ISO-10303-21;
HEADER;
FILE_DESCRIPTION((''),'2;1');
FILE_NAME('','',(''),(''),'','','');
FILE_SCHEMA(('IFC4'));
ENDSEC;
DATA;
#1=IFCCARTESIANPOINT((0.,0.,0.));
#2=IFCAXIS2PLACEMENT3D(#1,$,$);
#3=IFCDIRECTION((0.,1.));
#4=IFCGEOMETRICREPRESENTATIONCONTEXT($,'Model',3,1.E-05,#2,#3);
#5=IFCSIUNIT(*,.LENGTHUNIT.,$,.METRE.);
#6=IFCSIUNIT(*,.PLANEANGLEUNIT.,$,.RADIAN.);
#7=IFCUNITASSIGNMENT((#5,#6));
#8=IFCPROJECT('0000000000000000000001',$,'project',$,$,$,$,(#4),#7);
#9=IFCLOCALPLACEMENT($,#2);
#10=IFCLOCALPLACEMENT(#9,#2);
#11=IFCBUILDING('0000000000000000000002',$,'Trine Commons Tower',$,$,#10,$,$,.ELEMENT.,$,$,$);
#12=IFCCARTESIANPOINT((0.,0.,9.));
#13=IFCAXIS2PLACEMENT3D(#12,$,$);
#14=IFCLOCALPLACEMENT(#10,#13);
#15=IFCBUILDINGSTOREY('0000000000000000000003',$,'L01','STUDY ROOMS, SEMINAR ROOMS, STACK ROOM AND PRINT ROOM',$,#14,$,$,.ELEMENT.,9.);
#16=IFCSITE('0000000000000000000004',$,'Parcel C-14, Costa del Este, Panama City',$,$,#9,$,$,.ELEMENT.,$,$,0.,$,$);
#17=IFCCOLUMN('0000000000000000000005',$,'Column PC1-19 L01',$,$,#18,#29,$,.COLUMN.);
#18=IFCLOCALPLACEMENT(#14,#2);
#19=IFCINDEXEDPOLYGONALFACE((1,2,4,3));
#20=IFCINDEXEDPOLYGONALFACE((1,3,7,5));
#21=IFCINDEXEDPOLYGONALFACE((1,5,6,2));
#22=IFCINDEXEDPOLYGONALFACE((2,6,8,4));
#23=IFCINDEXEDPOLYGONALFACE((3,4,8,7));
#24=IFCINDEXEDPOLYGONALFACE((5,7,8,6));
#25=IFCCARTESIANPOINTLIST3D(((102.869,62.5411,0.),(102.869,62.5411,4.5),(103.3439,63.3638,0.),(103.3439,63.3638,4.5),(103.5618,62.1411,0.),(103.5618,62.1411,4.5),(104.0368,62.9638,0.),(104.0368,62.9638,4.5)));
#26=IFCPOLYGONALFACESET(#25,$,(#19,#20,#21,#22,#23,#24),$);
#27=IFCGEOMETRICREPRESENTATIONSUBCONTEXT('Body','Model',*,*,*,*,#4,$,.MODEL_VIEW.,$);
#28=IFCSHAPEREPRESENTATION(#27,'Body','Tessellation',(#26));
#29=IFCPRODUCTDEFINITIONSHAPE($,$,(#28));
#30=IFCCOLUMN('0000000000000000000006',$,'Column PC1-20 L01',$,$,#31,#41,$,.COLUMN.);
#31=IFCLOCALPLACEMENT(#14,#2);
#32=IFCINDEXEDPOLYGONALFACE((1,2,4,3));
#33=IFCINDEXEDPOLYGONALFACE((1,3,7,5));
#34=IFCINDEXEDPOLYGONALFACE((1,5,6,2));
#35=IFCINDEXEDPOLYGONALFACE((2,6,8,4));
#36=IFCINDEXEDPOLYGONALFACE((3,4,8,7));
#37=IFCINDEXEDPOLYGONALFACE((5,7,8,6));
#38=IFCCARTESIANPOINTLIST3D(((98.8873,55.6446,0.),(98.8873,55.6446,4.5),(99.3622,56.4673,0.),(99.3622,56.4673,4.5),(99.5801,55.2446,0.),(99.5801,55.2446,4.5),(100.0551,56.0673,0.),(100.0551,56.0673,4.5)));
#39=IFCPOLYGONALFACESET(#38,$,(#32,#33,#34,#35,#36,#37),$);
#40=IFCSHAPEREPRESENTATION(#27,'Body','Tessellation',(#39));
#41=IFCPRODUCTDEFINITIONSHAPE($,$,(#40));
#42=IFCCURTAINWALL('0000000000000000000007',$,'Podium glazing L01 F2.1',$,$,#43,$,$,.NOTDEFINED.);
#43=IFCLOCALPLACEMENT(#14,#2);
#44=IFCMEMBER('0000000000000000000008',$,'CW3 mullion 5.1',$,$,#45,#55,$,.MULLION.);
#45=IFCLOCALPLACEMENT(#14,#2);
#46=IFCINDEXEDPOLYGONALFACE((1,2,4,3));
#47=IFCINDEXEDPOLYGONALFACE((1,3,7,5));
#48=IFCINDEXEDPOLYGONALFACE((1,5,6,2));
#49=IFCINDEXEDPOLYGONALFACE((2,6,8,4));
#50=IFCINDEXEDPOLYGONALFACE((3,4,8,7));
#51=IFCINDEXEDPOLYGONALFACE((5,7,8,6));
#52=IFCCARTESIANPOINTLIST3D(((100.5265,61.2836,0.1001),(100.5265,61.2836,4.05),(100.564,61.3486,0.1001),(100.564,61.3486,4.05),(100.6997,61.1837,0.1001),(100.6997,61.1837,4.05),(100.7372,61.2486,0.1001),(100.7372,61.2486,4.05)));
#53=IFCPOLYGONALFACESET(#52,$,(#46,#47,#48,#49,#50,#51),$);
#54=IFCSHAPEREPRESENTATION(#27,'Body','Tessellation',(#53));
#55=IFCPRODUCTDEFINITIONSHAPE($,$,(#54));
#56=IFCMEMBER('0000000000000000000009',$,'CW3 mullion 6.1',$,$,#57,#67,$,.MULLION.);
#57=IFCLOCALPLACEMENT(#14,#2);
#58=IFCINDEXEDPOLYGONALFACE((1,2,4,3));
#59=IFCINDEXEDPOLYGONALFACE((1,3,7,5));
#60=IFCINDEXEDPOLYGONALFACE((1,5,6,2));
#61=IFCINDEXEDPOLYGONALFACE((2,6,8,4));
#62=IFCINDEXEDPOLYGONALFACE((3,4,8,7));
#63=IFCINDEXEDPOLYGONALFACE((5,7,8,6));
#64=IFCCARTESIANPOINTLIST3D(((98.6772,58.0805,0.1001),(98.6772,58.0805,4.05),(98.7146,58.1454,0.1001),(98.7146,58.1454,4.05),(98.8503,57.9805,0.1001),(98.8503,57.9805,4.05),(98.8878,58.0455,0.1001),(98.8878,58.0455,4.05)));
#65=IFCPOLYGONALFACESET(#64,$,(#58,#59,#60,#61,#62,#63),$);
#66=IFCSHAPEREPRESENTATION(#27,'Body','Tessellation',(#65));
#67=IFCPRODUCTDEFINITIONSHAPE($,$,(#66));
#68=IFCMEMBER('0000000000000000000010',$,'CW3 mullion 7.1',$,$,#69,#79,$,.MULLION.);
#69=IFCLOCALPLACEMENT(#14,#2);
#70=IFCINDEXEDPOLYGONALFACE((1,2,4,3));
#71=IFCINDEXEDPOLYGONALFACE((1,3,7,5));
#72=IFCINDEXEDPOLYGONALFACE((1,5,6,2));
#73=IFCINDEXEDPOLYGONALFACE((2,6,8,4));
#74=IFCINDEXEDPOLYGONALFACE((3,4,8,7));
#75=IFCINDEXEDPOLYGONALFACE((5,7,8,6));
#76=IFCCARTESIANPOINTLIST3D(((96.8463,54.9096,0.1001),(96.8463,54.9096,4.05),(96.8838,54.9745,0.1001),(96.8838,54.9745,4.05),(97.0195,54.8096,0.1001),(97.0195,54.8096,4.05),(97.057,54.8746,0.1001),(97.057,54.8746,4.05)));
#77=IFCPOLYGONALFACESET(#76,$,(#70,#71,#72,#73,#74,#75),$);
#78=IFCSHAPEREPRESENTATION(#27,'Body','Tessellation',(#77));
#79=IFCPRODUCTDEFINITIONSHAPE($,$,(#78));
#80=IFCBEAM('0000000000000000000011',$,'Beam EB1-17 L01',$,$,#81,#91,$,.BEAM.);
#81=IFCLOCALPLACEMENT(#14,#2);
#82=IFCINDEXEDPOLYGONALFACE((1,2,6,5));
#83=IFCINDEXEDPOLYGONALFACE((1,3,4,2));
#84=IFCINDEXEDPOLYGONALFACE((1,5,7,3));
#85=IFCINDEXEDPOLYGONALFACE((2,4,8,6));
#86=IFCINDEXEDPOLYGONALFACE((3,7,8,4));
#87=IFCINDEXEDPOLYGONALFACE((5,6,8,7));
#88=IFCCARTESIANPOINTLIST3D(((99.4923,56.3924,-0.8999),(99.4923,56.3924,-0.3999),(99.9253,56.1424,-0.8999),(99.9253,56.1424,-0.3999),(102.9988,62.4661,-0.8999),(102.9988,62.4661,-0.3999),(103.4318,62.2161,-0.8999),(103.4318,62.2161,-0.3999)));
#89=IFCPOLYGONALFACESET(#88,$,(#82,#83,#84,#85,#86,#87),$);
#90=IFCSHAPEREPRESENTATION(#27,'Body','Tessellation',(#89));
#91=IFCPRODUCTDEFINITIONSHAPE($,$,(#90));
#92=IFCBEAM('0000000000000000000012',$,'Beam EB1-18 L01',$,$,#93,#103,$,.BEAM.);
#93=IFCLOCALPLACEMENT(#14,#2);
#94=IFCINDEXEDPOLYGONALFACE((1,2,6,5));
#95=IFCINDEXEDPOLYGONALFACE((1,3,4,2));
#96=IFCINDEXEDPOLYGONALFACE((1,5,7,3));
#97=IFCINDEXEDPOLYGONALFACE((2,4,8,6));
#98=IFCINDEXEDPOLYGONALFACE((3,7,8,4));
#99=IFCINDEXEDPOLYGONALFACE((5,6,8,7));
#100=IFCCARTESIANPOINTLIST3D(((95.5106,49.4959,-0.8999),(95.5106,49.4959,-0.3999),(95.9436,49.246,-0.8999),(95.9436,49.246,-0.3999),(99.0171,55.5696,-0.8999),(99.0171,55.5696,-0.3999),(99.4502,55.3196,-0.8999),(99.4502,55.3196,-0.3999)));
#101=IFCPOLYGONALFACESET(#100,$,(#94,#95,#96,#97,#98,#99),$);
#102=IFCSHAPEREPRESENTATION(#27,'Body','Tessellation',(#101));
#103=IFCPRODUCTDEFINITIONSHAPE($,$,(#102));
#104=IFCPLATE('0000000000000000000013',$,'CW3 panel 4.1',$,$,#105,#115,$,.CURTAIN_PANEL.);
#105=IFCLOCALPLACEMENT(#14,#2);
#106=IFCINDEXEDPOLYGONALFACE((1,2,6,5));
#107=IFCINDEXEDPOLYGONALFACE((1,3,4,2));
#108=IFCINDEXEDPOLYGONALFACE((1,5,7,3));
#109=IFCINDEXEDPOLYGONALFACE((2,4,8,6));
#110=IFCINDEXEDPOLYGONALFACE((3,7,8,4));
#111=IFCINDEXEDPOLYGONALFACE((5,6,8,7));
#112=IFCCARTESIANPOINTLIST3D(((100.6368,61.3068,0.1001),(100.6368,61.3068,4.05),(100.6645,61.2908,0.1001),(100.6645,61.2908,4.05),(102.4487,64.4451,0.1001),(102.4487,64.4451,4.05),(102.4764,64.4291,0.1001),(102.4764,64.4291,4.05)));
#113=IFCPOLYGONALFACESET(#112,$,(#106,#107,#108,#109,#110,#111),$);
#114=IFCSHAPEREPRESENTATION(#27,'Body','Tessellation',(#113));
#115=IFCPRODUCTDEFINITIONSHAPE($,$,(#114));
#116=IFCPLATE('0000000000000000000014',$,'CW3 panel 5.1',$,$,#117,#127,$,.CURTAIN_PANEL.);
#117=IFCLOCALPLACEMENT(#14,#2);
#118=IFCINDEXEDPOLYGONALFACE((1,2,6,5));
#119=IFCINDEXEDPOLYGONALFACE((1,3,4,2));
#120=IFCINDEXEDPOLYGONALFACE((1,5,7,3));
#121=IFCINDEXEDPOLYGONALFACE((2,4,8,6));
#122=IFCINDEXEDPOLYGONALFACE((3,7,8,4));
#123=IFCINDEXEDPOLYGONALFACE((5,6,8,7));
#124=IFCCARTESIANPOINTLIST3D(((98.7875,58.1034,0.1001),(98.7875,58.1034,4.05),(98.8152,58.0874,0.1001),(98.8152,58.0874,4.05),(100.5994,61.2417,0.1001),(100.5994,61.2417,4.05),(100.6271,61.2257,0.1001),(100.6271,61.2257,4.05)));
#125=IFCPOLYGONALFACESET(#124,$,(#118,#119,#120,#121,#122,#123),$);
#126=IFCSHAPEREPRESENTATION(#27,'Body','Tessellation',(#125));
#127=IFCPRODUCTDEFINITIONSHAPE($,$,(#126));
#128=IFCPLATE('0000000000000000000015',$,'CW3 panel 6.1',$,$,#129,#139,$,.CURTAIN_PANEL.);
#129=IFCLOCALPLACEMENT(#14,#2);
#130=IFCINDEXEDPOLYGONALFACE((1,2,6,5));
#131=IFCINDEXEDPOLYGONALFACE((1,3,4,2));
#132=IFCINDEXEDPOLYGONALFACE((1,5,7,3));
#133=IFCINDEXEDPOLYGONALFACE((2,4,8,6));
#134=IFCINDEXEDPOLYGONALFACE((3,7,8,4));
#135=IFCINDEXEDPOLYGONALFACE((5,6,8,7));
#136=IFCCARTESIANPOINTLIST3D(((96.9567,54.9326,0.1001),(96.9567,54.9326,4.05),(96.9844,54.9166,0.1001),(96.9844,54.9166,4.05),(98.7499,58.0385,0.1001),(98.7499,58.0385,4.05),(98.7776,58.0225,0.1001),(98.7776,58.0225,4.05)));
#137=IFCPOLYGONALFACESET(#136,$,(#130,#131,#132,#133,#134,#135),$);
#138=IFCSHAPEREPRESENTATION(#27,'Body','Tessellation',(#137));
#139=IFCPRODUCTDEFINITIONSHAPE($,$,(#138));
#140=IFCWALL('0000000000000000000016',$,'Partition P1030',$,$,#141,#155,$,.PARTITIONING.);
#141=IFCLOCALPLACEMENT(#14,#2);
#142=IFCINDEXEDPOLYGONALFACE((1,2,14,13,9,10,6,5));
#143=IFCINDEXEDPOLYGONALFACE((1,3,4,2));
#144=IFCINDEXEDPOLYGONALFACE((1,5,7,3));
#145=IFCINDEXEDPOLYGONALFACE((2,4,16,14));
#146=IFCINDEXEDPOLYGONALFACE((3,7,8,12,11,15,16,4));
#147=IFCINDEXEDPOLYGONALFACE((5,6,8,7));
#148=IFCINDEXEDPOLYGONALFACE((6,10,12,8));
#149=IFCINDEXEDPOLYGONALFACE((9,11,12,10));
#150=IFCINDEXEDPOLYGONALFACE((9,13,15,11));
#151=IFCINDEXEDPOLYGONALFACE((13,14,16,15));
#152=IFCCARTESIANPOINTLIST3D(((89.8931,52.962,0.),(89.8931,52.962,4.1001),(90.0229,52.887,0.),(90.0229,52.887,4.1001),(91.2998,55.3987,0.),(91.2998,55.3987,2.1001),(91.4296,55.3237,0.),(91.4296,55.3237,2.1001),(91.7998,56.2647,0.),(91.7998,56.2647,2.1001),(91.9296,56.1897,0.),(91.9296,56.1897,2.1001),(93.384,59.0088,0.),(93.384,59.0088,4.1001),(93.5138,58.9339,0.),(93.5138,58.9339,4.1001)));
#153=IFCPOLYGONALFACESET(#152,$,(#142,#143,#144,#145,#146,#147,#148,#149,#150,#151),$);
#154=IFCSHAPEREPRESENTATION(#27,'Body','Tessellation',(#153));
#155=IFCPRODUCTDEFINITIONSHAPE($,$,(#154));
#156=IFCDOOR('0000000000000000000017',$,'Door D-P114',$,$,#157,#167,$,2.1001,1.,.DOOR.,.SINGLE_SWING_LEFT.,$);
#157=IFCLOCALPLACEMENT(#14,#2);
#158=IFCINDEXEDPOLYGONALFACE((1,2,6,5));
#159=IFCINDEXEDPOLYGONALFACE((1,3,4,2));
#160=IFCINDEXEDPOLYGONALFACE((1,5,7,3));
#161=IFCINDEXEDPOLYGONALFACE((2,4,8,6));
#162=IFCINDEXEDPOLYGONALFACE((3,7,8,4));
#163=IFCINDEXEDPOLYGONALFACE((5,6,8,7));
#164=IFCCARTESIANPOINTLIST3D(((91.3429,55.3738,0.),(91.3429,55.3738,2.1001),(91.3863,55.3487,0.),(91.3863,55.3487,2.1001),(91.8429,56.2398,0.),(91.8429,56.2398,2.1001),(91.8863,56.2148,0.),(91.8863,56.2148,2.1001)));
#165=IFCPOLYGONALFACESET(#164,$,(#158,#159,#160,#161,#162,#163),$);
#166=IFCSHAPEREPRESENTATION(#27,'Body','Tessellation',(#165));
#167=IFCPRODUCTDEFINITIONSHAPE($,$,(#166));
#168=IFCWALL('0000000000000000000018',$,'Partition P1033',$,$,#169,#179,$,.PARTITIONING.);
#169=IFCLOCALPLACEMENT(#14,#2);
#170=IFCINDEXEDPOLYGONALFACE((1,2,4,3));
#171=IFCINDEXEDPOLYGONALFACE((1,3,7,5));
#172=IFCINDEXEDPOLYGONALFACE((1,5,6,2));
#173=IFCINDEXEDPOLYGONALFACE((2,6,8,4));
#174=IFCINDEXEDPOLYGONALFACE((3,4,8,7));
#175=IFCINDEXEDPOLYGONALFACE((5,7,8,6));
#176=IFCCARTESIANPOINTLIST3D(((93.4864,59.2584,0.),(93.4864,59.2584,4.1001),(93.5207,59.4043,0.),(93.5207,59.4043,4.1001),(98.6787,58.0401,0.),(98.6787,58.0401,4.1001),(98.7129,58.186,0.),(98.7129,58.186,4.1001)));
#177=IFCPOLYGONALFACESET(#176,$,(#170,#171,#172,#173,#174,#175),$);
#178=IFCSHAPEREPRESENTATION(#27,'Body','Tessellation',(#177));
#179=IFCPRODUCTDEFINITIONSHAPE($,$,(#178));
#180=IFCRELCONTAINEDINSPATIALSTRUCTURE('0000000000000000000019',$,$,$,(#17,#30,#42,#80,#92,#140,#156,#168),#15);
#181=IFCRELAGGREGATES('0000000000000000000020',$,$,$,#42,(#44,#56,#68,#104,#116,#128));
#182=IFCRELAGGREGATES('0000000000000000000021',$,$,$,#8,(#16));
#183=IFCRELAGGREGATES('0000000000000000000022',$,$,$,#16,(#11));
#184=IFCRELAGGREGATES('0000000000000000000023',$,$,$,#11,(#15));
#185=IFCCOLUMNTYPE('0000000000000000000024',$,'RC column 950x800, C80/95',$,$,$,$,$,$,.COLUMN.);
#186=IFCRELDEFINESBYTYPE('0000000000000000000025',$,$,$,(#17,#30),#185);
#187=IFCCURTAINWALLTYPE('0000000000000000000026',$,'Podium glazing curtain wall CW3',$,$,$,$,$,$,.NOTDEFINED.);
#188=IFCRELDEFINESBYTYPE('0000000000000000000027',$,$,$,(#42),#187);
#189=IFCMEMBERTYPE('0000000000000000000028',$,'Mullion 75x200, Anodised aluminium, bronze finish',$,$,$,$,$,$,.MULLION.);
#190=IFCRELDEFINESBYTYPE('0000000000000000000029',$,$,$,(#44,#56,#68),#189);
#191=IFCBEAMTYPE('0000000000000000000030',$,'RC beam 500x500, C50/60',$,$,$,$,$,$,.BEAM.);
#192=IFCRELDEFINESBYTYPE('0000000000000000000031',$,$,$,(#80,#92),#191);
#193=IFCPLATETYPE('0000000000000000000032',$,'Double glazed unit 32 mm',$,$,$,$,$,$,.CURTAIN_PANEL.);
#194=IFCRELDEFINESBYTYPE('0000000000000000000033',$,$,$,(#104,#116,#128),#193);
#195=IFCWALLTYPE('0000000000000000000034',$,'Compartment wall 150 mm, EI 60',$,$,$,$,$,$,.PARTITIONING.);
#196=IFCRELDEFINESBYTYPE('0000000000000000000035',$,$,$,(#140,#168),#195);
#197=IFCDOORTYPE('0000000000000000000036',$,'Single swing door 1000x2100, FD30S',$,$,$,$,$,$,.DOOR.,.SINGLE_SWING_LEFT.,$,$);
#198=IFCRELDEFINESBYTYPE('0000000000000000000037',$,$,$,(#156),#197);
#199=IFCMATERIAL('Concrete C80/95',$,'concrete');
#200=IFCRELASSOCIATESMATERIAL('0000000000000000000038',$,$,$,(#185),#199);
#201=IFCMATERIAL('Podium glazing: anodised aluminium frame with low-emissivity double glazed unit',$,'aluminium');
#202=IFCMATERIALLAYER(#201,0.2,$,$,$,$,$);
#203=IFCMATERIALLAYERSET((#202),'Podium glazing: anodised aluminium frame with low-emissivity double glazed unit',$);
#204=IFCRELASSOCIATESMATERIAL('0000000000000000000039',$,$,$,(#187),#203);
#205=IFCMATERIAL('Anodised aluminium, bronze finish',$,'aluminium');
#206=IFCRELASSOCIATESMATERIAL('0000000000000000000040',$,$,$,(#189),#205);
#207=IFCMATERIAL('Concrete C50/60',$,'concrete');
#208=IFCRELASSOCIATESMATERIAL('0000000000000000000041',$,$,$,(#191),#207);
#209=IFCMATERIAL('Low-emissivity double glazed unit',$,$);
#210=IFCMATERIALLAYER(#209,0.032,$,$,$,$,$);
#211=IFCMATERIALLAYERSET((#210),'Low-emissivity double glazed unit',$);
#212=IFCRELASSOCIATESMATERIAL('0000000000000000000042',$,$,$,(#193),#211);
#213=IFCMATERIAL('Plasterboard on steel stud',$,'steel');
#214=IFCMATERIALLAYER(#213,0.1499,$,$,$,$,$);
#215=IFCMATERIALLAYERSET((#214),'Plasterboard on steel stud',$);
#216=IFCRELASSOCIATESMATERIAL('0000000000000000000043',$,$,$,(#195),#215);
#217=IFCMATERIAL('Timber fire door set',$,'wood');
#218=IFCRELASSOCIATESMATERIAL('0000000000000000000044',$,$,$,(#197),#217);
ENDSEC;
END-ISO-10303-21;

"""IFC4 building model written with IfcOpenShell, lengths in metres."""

from ifc_helpers import new_model, si_unit, direction, frame, frame_2d, origin, origin_2d, place, context, subcontext, project, spatial, rectangle, extrude, material, layer, layer_set, material_profile, profile_set, type_object, element, fill, aggregate, save


model = new_model("IFC4")

# Units and contexts
model_context = context("Model", 3, precision=1e-05, world=origin(), true_north=direction((0.0, 1.0)))
body_context = subcontext(model_context, "Body", "Model", "MODEL_VIEW")
ifc_project = project(units=[si_unit("LENGTHUNIT", "METRE"), si_unit("PLANEANGLEUNIT", "RADIAN")], contexts=[model_context])

# Site, building, storey
site_placement = place(None, origin())
site = spatial("IfcSite", under=ifc_project, at=site_placement, Name="Parcel C-14, Costa del Este, Panama City", CompositionType="ELEMENT", RefElevation=0.0)
building_placement = place(site_placement, origin())
building = spatial("IfcBuilding", under=site, at=building_placement, Name="Trine Commons Tower", CompositionType="ELEMENT")
storey_placement = place(building_placement, frame((0.0, 0.0, 9.0)))
storey = spatial("IfcBuildingStorey", under=building, at=storey_placement, Name="L01", Description="STUDY ROOMS, SEMINAR ROOMS, STACK ROOM AND PRINT ROOM", CompositionType="ELEMENT", Elevation=9.0)

# Columns
ifc_material_1 = material(Name="Concrete C80/95", Category="concrete")
ifc_material_profile_1 = material_profile(ifc_material_1, rectangle(XDim=0.95, YDim=0.8, at=origin_2d()), Name="RC 950x800")
ifc_profile_set_1 = profile_set([ifc_material_profile_1], Name="Concrete C80/95")
column_type = type_object("IfcColumnType", Name="RC column 950x800, C80/95", PredefinedType="COLUMN", material=ifc_profile_set_1)
for number, where, z_axis, x_axis, name in (
    (1, (103.4529, 62.7524, 0.0), (0.0, 0.0, 1.0), (0.5, 0.866025, 0.0), "Column PC1-19 L01"),
    (2, (99.4712, 55.856, 0.0), (0.0, 0.0, 1.0), (0.5, 0.866025, 0.0), "Column PC1-20 L01"),
):
    element("IfcColumn", number, at=place(storey_placement, frame(where, z_axis=z_axis, x_axis=x_axis)), inside=storey, type_object=column_type, Name=name, PredefinedType="COLUMN", context=body_context, shape_type="SweptSolid", body=[
        extrude(rectangle(XDim=0.95, YDim=0.8, at=origin_2d()), origin(), (0.0, 0.0, 1.0), 4.5),
    ])

# Curtain wall, members
ifc_material_2 = material(Name="Podium glazing: anodised aluminium frame with low-emissivity double glazed unit", Category="aluminium")
ifc_layer_1 = layer(ifc_material_2, 0.2)
ifc_layer_set_1 = layer_set([ifc_layer_1], Name="Podium glazing: anodised aluminium frame with low-emissivity double glazed unit")
curtain_wall_type = type_object("IfcCurtainWallType", Name="Podium glazing curtain wall CW3", PredefinedType="NOTDEFINED", material=ifc_layer_set_1)
curtain_wall_placement = place(storey_placement, origin())
curtain_wall = element("IfcCurtainWall", 3, at=curtain_wall_placement, inside=storey, type_object=curtain_wall_type, Name="Podium glazing L01 F2.1", PredefinedType="NOTDEFINED")
ifc_material_3 = material(Name="Anodised aluminium, bronze finish", Category="aluminium")
ifc_material_profile_2 = material_profile(ifc_material_3, rectangle(XDim=0.2, YDim=0.075, at=origin_2d()), Name="Mullion 75x200")
ifc_profile_set_2 = profile_set([ifc_material_profile_2], Name="Anodised aluminium, bronze finish")
member_type = type_object("IfcMemberType", Name="Mullion 75x200, Anodised aluminium, bronze finish", PredefinedType="MULLION", material=ifc_profile_set_2)
member_1_placement = place(storey_placement, frame((100.6318, 61.2661, 0.1001), z_axis=(0.0, 0.0, 1.0), x_axis=(0.866025, -0.5, 0.0)))
member_1 = element("IfcMember", 4, at=member_1_placement, type_object=member_type, Name="CW3 mullion 5.1", PredefinedType="MULLION", context=body_context, shape_type="SweptSolid", body=[
    extrude(rectangle(XDim=0.2, YDim=0.075, at=origin_2d()), origin(), (0.0, 0.0, 1.0), 3.95),
])
member_2_placement = place(storey_placement, frame((98.7825, 58.063, 0.1001), z_axis=(0.0, 0.0, 1.0), x_axis=(0.866025, -0.5, 0.0)))
member_2 = element("IfcMember", 5, at=member_2_placement, type_object=member_type, Name="CW3 mullion 6.1", PredefinedType="MULLION", context=body_context, shape_type="SweptSolid", body=[
    extrude(rectangle(XDim=0.2, YDim=0.075, at=origin_2d()), origin(), (0.0, 0.0, 1.0), 3.95),
])
member_3_placement = place(storey_placement, frame((96.9517, 54.8921, 0.1001), z_axis=(0.0, 0.0, 1.0), x_axis=(0.866025, -0.5, 0.0)))
member_3 = element("IfcMember", 6, at=member_3_placement, type_object=member_type, Name="CW3 mullion 7.1", PredefinedType="MULLION", context=body_context, shape_type="SweptSolid", body=[
    extrude(rectangle(XDim=0.2, YDim=0.075, at=origin_2d()), origin(), (0.0, 0.0, 1.0), 3.95),
])

# Beams
ifc_material_4 = material(Name="Concrete C50/60", Category="concrete")
ifc_material_profile_3 = material_profile(ifc_material_4, rectangle(XDim=0.5, YDim=0.5, at=origin_2d()), Name="RC 500x500")
ifc_profile_set_3 = profile_set([ifc_material_profile_3], Name="Concrete C50/60")
beam_type = type_object("IfcBeamType", Name="RC beam 500x500, C50/60", PredefinedType="BEAM", material=ifc_profile_set_3)
for number, where, z_axis, x_axis, name in (
    (7, (103.2153, 62.3411, -0.6499), (-0.499992, -0.86603, 0.0), (0.86603, -0.499992, 0.0), "Beam EB1-17 L01"),
    (8, (99.2336, 55.4446, -0.6499), (-0.499992, -0.86603, 0.0), (0.86603, -0.499992, 0.0), "Beam EB1-18 L01"),
):
    element("IfcBeam", number, at=place(storey_placement, frame(where, z_axis=z_axis, x_axis=x_axis)), inside=storey, type_object=beam_type, Name=name, PredefinedType="BEAM", context=body_context, shape_type="SweptSolid", body=[
        extrude(rectangle(XDim=0.5, YDim=0.5, at=origin_2d()), origin(), (0.0, 0.0, 1.0), 7.0132),
    ])

# Plates
ifc_material_5 = material(Name="Low-emissivity double glazed unit")
ifc_layer_2 = layer(ifc_material_5, 0.032)
ifc_layer_set_2 = layer_set([ifc_layer_2], Name="Low-emissivity double glazed unit")
plate_type = type_object("IfcPlateType", Name="Double glazed unit 32 mm", PredefinedType="CURTAIN_PANEL", material=ifc_layer_set_2)
plate_1_placement = place(storey_placement, frame((101.5566, 62.8679, 0.1001), z_axis=(0.0, 0.0, 1.0), x_axis=(-0.5, -0.866025, 0.0)))
plate_1 = element("IfcPlate", 9, at=plate_1_placement, type_object=plate_type, Name="CW3 panel 4.1", PredefinedType="CURTAIN_PANEL", context=body_context, shape_type="SweptSolid", body=[
    extrude(rectangle(XDim=3.6238, YDim=0.032, at=origin_2d()), origin(), (0.0, 0.0, 1.0), 3.95),
])
plate_2_placement = place(storey_placement, frame((99.7073, 59.6646, 0.1001), z_axis=(0.0, 0.0, 1.0), x_axis=(-0.5, -0.866025, 0.0)))
plate_2 = element("IfcPlate", 10, at=plate_2_placement, type_object=plate_type, Name="CW3 panel 5.1", PredefinedType="CURTAIN_PANEL", context=body_context, shape_type="SweptSolid", body=[
    extrude(rectangle(XDim=3.6238, YDim=0.032, at=origin_2d()), origin(), (0.0, 0.0, 1.0), 3.95),
])
plate_3_placement = place(storey_placement, frame((97.8672, 56.4775, 0.1001), z_axis=(0.0, 0.0, 1.0), x_axis=(-0.5, -0.866025, 0.0)))
plate_3 = element("IfcPlate", 11, at=plate_3_placement, type_object=plate_type, Name="CW3 panel 6.1", PredefinedType="CURTAIN_PANEL", context=body_context, shape_type="SweptSolid", body=[
    extrude(rectangle(XDim=3.5864, YDim=0.032, at=origin_2d()), origin(), (0.0, 0.0, 1.0), 3.95),
])
aggregate(curtain_wall, [member_1, member_2, member_3, plate_1, plate_2, plate_3])

# Wall, opening, door
ifc_material_6 = material(Name="Plasterboard on steel stud", Category="steel")
ifc_layer_3 = layer(ifc_material_6, 0.1499)
ifc_layer_set_3 = layer_set([ifc_layer_3], Name="Plasterboard on steel stud")
wall_type_1 = type_object("IfcWallType", Name="Compartment wall 150 mm, EI 60", PredefinedType="PARTITIONING", material=ifc_layer_set_3)
wall_1_placement = place(storey_placement, frame((93.449, 58.9714, 0.0), z_axis=(0.0, 0.0, 1.0), x_axis=(-0.499979, -0.866038, 0.0)))
wall_1 = element("IfcWall", 12, at=wall_1_placement, inside=storey, type_object=wall_type_1, Name="Partition P1030", PredefinedType="PARTITIONING", context=body_context, shape_type="SweptSolid", body=[
    extrude(rectangle(XDim=6.9822, YDim=0.1499, at=frame_2d((3.4912, 0.0))), origin(), (0.0, 0.0, 1.0), 4.1001),
])
opening_1_placement = place(wall_1_placement, frame((3.1687, 0.0, 0.0)))
opening_1 = element("IfcOpeningElement", 13, at=opening_1_placement, cuts=wall_1, PredefinedType="OPENING", context=body_context, shape_type="SweptSolid", body=[
    extrude(rectangle(XDim=1.0, YDim=2.1001, at=frame_2d((0.5, 1.05))), frame((0.0, 0.085, 0.0), z_axis=(0.0, -1.0, 0.0), x_axis=(1.0, 0.0, 0.0)), (0.0, 0.0, 1.0), 0.1699),
])
ifc_material_7 = material(Name="Timber fire door set", Category="wood")
door_type_1 = type_object("IfcDoorType", Name="Single swing door 1000x2100, FD30S", OperationType="SINGLE_SWING_LEFT", PredefinedType="DOOR", material=ifc_material_7)
door_1_placement = place(opening_1_placement, origin())
door_1 = element("IfcDoor", 14, at=door_1_placement, inside=storey, type_object=door_type_1, Name="Door D-P114", OperationType="SINGLE_SWING_LEFT", OverallHeight=2.1001, OverallWidth=1.0, PredefinedType="DOOR", context=body_context, shape_type="SweptSolid", body=[
    extrude(rectangle(XDim=1.0, YDim=2.1001, at=frame_2d((0.5, 1.05))), frame((0.0, 0.0249, 0.0), z_axis=(0.0, -1.0, 0.0), x_axis=(1.0, 0.0, 0.0)), (0.0, 0.0, 1.0), 0.05),
])
fill(opening_1, door_1)

# Wall
wall_2_placement = place(storey_placement, frame((93.5037, 59.3313, 0.0), z_axis=(0.0, 0.0, 1.0), x_axis=(0.97356, -0.228432, 0.0)))
element("IfcWall", 15, at=wall_2_placement, inside=storey, type_object=wall_type_1, Name="Partition P1033", PredefinedType="PARTITIONING", context=body_context, shape_type="SweptSolid", body=[
    extrude(rectangle(XDim=5.3333, YDim=0.1499, at=frame_2d((2.6665, 0.0))), origin(), (0.0, 0.0, 1.0), 4.1001),
])

save(model, "model.ifc")
